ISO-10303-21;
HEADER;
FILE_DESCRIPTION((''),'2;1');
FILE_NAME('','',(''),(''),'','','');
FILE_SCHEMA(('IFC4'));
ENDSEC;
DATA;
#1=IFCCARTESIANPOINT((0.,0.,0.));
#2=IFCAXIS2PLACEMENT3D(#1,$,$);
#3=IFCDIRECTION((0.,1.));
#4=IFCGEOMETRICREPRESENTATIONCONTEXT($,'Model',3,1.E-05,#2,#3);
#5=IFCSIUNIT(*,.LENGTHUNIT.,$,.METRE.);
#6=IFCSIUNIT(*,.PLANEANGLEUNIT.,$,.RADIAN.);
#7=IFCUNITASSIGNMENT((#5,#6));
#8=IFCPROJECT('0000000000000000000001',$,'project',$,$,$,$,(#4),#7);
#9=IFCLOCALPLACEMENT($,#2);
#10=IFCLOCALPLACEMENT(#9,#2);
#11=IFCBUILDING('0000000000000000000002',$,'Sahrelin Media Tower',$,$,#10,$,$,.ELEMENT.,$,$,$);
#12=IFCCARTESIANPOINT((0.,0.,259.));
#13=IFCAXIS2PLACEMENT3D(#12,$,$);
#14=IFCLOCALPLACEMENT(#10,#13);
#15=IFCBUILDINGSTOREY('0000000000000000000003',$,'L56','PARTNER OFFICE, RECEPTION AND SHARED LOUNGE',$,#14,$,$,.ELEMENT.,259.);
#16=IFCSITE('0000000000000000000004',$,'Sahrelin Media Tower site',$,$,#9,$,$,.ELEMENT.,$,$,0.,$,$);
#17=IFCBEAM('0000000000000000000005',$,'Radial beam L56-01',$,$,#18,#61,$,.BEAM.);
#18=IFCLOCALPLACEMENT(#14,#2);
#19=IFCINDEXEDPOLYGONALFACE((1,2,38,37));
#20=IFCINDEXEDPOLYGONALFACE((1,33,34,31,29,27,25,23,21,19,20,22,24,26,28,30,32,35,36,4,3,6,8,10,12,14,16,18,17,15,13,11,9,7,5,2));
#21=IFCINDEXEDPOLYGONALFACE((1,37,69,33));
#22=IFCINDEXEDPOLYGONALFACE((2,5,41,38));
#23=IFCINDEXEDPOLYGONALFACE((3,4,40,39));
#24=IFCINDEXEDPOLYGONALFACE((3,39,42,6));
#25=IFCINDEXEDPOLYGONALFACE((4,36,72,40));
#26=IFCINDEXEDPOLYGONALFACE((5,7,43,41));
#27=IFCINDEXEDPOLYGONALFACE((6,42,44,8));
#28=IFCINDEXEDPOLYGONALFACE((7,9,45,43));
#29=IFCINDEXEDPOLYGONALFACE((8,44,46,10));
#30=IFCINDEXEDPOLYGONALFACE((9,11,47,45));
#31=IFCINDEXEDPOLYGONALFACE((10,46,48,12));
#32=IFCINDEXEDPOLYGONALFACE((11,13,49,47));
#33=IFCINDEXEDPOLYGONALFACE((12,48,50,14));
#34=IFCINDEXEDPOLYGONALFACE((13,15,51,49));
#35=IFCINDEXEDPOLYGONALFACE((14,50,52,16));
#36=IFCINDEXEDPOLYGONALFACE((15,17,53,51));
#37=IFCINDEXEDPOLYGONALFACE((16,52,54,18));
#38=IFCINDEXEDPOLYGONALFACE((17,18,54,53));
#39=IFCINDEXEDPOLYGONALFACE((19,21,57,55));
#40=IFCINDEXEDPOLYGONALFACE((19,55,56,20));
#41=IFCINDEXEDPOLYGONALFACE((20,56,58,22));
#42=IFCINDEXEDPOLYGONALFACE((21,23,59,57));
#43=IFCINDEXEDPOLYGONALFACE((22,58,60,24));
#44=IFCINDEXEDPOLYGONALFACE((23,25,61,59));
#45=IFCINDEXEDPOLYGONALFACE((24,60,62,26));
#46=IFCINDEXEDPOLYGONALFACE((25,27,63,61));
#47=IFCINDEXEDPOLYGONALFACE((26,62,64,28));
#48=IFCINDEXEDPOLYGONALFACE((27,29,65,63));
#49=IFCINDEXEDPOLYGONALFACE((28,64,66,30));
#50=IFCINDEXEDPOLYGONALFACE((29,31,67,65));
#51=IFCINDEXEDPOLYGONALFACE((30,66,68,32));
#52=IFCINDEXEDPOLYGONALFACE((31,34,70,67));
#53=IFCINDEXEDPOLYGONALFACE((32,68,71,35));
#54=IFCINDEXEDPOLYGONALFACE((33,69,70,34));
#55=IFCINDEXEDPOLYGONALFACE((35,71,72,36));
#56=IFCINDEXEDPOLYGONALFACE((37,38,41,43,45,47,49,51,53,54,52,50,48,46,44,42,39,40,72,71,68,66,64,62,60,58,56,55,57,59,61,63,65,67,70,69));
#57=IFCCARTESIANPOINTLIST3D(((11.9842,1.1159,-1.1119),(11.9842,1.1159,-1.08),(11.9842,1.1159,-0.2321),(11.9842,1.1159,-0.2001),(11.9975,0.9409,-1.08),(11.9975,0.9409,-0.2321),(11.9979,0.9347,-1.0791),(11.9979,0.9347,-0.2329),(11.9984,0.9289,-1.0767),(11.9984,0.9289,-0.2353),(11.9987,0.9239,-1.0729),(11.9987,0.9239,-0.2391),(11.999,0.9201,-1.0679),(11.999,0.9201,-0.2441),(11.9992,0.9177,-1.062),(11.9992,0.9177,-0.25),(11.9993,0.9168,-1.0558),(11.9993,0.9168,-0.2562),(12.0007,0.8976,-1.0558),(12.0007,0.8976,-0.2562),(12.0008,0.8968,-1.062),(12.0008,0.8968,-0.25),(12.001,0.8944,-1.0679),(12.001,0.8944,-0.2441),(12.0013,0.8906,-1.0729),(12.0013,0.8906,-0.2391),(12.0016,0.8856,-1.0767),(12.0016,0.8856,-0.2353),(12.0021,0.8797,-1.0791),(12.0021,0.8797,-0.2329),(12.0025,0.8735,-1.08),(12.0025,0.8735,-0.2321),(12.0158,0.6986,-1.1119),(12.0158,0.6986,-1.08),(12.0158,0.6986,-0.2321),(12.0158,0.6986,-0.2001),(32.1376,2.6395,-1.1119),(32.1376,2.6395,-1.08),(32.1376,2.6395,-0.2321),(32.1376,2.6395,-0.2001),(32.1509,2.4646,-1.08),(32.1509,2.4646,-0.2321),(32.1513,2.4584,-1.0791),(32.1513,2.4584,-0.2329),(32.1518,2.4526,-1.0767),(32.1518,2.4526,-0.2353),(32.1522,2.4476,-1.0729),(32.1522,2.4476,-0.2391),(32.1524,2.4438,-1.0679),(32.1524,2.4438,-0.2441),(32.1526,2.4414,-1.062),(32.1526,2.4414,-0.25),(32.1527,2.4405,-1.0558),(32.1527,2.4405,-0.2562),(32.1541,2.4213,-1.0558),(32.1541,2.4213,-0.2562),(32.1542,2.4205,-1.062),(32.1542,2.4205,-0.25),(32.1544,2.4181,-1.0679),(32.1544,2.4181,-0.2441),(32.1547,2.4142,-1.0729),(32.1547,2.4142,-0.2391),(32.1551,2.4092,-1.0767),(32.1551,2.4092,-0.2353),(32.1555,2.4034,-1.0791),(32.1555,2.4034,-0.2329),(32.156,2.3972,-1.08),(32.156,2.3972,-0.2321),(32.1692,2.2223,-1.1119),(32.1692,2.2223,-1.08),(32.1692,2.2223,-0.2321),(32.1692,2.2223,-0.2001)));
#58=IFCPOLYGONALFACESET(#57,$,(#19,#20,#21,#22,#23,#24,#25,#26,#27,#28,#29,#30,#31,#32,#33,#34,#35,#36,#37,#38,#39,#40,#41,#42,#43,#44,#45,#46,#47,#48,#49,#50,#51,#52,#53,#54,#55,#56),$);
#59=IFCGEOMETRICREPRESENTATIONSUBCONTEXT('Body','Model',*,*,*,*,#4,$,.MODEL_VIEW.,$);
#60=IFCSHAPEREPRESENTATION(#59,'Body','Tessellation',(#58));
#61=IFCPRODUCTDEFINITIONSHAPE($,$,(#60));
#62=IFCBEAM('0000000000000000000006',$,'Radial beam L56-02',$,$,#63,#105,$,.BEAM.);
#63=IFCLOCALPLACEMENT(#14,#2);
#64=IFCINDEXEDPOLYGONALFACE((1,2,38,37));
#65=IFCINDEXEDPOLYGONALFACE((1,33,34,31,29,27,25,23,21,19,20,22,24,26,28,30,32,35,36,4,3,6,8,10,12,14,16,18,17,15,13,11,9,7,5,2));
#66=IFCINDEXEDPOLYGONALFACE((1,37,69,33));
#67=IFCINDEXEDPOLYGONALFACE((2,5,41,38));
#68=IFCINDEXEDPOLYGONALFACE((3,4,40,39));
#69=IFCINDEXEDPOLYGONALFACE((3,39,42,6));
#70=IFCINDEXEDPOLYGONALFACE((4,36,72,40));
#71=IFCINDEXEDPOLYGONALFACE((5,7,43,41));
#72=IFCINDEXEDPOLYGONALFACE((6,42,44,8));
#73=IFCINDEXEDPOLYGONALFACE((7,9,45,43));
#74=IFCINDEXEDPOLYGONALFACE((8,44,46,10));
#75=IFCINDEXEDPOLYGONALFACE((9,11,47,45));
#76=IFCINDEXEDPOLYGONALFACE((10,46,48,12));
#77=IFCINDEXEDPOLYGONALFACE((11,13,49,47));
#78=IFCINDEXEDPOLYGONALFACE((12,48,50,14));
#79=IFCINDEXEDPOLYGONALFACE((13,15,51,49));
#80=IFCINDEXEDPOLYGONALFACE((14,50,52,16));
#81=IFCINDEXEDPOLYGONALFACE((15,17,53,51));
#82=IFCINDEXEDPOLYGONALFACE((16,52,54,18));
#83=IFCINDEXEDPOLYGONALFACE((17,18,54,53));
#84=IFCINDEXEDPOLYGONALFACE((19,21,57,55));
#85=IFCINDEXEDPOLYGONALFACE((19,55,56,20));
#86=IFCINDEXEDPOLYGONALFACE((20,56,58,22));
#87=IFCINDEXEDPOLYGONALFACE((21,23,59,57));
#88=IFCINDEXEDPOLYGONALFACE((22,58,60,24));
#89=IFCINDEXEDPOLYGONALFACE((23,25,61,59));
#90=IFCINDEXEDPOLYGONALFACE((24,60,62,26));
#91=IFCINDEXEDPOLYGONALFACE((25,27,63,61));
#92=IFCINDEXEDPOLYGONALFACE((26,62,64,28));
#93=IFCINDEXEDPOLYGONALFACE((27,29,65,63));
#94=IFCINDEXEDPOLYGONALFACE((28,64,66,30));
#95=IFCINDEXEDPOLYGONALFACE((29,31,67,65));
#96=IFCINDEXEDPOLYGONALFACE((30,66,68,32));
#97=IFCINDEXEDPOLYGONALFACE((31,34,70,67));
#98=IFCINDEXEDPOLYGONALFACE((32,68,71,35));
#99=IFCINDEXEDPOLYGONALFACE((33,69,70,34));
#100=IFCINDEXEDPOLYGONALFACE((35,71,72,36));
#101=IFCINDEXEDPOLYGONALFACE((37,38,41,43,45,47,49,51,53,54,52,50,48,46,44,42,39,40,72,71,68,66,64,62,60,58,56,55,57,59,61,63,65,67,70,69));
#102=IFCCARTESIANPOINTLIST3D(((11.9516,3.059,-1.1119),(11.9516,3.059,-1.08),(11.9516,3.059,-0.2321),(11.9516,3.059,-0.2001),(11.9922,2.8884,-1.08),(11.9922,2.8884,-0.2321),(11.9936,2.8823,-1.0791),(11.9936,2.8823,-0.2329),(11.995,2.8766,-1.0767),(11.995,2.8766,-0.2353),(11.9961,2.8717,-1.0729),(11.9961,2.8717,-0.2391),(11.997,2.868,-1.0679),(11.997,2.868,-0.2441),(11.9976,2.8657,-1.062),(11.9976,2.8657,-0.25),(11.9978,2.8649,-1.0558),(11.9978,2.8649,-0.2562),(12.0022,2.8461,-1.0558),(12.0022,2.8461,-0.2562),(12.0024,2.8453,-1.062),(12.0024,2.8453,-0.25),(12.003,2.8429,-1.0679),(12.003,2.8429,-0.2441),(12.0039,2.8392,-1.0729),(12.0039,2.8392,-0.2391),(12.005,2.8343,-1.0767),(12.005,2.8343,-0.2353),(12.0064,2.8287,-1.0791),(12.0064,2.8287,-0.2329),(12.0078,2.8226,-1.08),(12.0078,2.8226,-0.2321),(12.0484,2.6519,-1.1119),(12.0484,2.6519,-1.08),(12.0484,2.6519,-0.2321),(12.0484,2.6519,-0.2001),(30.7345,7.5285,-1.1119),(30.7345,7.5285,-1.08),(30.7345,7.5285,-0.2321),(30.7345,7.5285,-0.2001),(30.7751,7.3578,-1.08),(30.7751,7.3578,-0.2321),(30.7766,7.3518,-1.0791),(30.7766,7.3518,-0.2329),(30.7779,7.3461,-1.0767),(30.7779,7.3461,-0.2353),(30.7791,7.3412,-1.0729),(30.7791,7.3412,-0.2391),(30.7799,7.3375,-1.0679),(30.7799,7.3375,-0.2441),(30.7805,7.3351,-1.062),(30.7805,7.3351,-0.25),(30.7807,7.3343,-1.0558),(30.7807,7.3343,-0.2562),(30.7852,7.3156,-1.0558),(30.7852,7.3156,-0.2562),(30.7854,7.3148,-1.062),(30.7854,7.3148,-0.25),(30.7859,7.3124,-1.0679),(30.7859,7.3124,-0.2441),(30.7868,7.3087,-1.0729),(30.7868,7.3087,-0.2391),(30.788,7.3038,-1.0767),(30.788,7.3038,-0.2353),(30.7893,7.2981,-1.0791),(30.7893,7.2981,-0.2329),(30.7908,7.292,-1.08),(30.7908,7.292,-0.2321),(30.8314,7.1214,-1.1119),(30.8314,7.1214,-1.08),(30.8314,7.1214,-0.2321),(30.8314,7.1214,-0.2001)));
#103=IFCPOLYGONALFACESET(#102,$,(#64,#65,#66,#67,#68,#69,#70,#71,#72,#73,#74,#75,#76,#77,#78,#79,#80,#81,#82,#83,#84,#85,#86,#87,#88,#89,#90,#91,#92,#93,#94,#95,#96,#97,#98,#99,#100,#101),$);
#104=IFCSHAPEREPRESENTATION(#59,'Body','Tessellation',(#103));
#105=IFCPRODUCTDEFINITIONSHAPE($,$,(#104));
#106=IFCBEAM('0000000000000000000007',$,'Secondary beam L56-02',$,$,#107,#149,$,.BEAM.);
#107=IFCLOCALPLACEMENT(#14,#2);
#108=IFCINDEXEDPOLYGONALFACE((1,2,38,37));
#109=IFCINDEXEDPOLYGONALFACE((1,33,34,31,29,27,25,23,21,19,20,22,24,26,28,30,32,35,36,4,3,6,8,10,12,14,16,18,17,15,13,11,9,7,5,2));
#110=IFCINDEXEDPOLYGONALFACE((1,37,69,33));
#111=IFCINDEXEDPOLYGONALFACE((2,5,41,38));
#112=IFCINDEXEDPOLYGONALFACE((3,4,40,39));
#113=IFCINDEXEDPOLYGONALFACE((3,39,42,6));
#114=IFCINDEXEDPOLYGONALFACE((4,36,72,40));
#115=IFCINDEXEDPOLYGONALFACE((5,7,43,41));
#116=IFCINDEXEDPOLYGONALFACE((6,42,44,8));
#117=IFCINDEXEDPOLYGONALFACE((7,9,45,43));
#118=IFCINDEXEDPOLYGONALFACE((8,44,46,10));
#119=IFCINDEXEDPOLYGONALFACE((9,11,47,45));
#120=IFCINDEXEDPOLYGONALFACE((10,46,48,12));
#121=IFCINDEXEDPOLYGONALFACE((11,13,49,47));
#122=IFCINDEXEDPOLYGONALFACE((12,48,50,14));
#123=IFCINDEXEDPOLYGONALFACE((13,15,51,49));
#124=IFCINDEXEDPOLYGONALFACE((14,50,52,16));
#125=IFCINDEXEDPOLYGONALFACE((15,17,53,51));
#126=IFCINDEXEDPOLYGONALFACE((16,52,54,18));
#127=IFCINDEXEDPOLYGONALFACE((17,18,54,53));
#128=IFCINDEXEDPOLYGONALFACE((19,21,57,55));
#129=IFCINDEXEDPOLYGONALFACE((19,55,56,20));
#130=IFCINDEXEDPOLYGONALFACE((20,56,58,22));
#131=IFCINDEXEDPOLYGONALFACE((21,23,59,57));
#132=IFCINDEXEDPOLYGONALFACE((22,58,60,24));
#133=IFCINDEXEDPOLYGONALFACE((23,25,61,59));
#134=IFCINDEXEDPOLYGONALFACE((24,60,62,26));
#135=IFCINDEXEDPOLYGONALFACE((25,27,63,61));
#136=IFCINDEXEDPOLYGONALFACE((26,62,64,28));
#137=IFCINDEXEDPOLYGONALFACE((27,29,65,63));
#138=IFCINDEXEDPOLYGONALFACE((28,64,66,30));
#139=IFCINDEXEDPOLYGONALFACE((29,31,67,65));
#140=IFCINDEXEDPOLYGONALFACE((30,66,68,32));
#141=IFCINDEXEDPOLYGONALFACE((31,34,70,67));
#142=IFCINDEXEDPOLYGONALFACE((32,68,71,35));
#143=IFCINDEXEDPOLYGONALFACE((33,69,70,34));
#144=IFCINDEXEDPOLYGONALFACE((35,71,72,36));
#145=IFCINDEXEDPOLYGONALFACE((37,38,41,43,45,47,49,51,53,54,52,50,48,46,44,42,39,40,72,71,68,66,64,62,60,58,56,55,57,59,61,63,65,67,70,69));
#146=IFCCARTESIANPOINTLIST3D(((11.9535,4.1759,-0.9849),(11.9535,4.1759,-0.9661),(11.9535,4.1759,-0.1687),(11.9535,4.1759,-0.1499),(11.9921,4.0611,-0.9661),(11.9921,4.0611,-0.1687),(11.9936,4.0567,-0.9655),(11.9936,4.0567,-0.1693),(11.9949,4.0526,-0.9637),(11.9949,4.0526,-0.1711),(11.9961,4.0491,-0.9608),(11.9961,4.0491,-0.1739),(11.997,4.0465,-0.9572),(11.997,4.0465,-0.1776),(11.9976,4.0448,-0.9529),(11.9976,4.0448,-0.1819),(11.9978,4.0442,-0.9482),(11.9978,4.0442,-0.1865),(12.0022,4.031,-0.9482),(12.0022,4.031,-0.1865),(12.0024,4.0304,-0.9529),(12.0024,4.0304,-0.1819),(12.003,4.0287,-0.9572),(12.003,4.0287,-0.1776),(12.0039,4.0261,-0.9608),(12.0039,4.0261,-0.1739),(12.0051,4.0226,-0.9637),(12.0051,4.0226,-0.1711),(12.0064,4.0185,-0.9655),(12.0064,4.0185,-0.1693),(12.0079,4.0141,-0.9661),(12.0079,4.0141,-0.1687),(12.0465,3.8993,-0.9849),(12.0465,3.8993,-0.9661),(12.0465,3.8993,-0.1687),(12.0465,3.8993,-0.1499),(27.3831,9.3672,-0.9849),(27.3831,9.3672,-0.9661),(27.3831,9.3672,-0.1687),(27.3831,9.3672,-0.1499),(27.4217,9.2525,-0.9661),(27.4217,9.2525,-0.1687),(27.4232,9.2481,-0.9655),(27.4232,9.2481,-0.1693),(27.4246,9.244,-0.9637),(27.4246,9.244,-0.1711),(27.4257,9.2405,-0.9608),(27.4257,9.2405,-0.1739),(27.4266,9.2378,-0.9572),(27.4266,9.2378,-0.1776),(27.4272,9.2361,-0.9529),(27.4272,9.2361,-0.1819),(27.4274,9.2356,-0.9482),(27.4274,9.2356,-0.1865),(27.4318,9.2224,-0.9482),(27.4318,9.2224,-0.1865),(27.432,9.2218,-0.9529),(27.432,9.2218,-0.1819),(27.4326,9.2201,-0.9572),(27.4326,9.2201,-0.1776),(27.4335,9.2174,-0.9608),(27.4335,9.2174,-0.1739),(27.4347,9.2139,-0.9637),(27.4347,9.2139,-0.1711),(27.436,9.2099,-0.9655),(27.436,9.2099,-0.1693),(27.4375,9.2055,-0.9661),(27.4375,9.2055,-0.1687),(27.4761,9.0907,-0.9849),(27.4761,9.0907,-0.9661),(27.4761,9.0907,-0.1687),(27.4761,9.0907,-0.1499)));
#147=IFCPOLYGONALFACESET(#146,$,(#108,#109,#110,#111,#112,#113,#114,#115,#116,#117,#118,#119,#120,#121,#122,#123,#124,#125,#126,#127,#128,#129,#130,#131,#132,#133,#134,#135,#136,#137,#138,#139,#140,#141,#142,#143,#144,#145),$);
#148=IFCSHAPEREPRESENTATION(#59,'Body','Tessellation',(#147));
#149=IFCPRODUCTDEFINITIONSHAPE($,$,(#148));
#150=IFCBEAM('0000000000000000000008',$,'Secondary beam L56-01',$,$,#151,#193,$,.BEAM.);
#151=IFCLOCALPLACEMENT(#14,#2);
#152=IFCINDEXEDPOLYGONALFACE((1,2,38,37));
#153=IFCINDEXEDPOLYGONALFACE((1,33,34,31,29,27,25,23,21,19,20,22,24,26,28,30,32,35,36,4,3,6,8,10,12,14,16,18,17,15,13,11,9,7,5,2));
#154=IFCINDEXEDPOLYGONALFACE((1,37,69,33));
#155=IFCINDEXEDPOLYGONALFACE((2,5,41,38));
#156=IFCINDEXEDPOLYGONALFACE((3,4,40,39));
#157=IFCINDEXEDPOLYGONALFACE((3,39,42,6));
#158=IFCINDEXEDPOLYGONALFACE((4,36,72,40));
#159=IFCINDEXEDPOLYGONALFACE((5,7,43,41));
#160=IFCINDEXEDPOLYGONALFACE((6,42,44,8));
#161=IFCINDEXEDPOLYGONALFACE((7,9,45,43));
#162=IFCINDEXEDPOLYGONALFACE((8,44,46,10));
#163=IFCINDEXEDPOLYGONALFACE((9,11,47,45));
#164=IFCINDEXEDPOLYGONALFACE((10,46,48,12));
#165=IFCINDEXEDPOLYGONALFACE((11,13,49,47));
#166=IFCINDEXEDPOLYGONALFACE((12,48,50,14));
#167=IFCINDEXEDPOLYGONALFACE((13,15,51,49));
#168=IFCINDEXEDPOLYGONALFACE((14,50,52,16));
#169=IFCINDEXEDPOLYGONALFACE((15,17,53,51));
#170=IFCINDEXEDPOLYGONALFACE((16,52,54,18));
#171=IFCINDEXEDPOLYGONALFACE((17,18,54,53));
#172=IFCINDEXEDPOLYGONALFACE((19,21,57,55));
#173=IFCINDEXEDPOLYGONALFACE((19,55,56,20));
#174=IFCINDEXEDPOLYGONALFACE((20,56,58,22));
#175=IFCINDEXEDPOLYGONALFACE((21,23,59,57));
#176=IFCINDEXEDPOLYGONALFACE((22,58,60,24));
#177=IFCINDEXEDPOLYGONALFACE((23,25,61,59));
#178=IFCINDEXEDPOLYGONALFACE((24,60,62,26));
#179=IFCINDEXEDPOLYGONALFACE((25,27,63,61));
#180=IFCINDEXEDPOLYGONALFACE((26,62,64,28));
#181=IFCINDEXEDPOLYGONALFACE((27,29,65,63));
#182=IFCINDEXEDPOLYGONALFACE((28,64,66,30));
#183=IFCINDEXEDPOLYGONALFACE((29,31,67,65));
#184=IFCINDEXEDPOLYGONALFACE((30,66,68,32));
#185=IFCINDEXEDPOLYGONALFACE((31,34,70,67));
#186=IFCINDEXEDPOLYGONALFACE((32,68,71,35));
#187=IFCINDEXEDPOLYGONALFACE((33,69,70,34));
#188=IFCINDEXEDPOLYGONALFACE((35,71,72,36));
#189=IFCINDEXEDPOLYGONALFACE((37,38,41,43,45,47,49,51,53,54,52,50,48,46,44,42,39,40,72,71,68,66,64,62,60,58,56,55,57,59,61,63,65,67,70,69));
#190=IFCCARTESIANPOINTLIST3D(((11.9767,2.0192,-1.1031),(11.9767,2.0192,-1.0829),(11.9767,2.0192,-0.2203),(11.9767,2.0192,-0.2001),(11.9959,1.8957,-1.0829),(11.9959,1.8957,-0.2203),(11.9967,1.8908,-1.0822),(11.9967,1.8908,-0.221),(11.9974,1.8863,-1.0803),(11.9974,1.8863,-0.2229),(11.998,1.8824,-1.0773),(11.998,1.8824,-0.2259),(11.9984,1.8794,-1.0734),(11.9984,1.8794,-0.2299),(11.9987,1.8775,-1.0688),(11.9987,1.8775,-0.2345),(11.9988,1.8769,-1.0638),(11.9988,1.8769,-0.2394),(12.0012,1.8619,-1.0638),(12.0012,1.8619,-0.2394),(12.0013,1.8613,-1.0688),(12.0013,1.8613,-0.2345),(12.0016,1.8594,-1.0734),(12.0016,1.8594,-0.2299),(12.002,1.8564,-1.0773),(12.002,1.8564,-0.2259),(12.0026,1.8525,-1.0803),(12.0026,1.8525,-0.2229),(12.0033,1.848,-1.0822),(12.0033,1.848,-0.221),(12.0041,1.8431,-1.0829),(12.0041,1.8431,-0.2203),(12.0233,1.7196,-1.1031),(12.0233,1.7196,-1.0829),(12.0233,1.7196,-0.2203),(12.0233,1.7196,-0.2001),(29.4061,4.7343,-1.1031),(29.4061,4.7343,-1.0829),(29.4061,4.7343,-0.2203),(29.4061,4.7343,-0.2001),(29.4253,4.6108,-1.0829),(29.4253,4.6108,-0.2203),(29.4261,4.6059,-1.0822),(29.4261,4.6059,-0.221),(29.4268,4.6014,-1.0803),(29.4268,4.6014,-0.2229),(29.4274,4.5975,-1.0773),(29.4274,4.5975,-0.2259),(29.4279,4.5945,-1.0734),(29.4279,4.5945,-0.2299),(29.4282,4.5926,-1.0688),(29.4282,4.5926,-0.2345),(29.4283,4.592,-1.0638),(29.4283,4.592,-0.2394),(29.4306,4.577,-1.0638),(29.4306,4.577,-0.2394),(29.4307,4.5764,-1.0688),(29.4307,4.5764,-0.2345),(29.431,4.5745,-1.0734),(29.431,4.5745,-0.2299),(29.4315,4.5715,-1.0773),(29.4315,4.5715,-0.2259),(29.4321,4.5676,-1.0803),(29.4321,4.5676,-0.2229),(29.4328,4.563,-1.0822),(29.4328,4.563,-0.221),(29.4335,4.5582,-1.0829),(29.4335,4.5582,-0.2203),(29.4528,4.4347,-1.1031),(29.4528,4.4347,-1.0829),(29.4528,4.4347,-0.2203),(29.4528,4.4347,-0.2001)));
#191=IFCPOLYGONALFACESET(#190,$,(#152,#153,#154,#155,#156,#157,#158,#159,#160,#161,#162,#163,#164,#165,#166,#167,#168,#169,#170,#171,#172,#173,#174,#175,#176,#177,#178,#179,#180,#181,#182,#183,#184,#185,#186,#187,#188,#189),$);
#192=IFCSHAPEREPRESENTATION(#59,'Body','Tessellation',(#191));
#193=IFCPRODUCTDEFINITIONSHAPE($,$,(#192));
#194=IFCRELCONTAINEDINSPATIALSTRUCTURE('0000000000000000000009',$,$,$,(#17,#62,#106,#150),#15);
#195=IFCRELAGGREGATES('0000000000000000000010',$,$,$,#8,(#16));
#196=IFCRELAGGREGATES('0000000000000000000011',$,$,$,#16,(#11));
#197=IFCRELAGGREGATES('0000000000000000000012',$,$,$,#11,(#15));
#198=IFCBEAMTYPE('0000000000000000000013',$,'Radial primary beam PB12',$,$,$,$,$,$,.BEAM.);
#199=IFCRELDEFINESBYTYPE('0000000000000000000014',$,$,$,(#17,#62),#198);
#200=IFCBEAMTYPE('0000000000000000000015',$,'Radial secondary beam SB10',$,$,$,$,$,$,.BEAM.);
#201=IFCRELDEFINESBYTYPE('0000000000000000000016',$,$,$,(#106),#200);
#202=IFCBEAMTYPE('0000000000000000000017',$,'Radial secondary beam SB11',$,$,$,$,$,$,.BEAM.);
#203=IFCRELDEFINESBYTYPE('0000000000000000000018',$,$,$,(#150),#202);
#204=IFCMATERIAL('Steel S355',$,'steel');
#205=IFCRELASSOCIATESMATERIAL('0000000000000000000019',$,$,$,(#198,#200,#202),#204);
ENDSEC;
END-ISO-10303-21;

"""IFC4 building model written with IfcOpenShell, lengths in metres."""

from ifc_helpers import new_model, si_unit, direction, frame, origin, origin_2d, place, context, subcontext, project, spatial, i_section, extrude, material, material_profile, profile_set, type_object, element, save


model = new_model("IFC4")

# Units and contexts
model_context = context("Model", 3, precision=1e-05, world=origin(), true_north=direction((0.0, 1.0)))
body_context = subcontext(model_context, "Body", "Model", "MODEL_VIEW")
ifc_project = project(units=[si_unit("LENGTHUNIT", "METRE"), si_unit("PLANEANGLEUNIT", "RADIAN")], contexts=[model_context])

# Site, building, storey
site_placement = place(None, origin())
site = spatial("IfcSite", under=ifc_project, at=site_placement, Name="Sahrelin Media Tower site", CompositionType="ELEMENT", RefElevation=0.0)
building_placement = place(site_placement, origin())
building = spatial("IfcBuilding", under=site, at=building_placement, Name="Sahrelin Media Tower", CompositionType="ELEMENT")
storey_placement = place(building_placement, frame((0.0, 0.0, 259.0)))
storey = spatial("IfcBuildingStorey", under=building, at=storey_placement, Name="L56", Description="PARTNER OFFICE, RECEPTION AND SHARED LOUNGE", CompositionType="ELEMENT", Elevation=259.0)

# Beams
ifc_material_1 = material(Name="Steel S355", Category="steel")
ifc_material_profile_1 = material_profile(ifc_material_1, i_section(OverallWidth=0.4185, OverallDepth=0.9119, WebThickness=0.0193, FlangeThickness=0.032, FilletRadius=0.0242, at=origin_2d()), Name="UB 914x419x343")
ifc_profile_set_1 = profile_set([ifc_material_profile_1], Name="Steel S355")
beam_type_1 = type_object("IfcBeamType", Name="Radial primary beam PB12", PredefinedType="BEAM", material=ifc_profile_set_1)
beam_1_placement = place(storey_placement, frame((12.0, 0.9072, -0.656), z_axis=(0.997154, 0.075389, 0.0), x_axis=(-0.075389, 0.997154, 0.0)))
element("IfcBeam", 1, at=beam_1_placement, inside=storey, type_object=beam_type_1, Name="Radial beam L56-01", PredefinedType="BEAM", context=body_context, shape_type="SweptSolid", body=[
    extrude(i_section(OverallWidth=0.4185, OverallDepth=0.9119, WebThickness=0.0193, FlangeThickness=0.032, FilletRadius=0.0242, at=origin_2d()), origin(), (0.0, 0.0, 1.0), 20.2109),
])
beam_2_placement = place(storey_placement, frame((12.0, 2.8555, -0.656), z_axis=(0.972837, 0.231491, 0.0), x_axis=(-0.231491, 0.972837, 0.0)))
element("IfcBeam", 2, at=beam_2_placement, inside=storey, type_object=beam_type_1, Name="Radial beam L56-02", PredefinedType="BEAM", context=body_context, shape_type="SweptSolid", body=[
    extrude(i_section(OverallWidth=0.4185, OverallDepth=0.9119, WebThickness=0.0193, FlangeThickness=0.032, FilletRadius=0.0242, at=origin_2d()), origin(), (0.0, 0.0, 1.0), 19.3074),
])
ifc_material_profile_2 = material_profile(ifc_material_1, i_section(OverallWidth=0.2917, OverallDepth=0.835, WebThickness=0.0139, FlangeThickness=0.0188, FilletRadius=0.0178, at=origin_2d()), Name="UB 838x292x176")
ifc_profile_set_2 = profile_set([ifc_material_profile_2], Name="Steel S355")
beam_type_2 = type_object("IfcBeamType", Name="Radial secondary beam SB10", PredefinedType="BEAM", material=ifc_profile_set_2)
beam_3_placement = place(storey_placement, frame((12.0, 4.0376, -0.5674), z_axis=(0.947792, 0.31889, 0.0), x_axis=(-0.31889, 0.947792, 0.0)))
element("IfcBeam", 3, at=beam_3_placement, inside=storey, type_object=beam_type_2, Name="Secondary beam L56-02", PredefinedType="BEAM", context=body_context, shape_type="SweptSolid", body=[
    extrude(i_section(OverallWidth=0.2917, OverallDepth=0.835, WebThickness=0.0139, FlangeThickness=0.0188, FilletRadius=0.0178, at=origin_2d()), origin(), (0.0, 0.0, 1.0), 16.2795),
])
ifc_material_profile_3 = material_profile(ifc_material_1, i_section(OverallWidth=0.3032, OverallDepth=0.9031, WebThickness=0.0151, FlangeThickness=0.0203, FilletRadius=0.019, at=origin_2d()), Name="UB 914x305x201")
ifc_profile_set_3 = profile_set([ifc_material_profile_3], Name="Steel S355")
beam_type_3 = type_object("IfcBeamType", Name="Radial secondary beam SB11", PredefinedType="BEAM", material=ifc_profile_set_3)
beam_4_placement = place(storey_placement, frame((12.0, 1.8694, -0.6516), z_axis=(0.988083, 0.15392, 0.0), x_axis=(-0.15392, 0.988083, 0.0)))
element("IfcBeam", 4, at=beam_4_placement, inside=storey, type_object=beam_type_3, Name="Secondary beam L56-01", PredefinedType="BEAM", context=body_context, shape_type="SweptSolid", body=[
    extrude(i_section(OverallWidth=0.3032, OverallDepth=0.9031, WebThickness=0.0151, FlangeThickness=0.0203, FilletRadius=0.019, at=origin_2d()), origin(), (0.0, 0.0, 1.0), 17.6396),
])

save(model, "model.ifc")
